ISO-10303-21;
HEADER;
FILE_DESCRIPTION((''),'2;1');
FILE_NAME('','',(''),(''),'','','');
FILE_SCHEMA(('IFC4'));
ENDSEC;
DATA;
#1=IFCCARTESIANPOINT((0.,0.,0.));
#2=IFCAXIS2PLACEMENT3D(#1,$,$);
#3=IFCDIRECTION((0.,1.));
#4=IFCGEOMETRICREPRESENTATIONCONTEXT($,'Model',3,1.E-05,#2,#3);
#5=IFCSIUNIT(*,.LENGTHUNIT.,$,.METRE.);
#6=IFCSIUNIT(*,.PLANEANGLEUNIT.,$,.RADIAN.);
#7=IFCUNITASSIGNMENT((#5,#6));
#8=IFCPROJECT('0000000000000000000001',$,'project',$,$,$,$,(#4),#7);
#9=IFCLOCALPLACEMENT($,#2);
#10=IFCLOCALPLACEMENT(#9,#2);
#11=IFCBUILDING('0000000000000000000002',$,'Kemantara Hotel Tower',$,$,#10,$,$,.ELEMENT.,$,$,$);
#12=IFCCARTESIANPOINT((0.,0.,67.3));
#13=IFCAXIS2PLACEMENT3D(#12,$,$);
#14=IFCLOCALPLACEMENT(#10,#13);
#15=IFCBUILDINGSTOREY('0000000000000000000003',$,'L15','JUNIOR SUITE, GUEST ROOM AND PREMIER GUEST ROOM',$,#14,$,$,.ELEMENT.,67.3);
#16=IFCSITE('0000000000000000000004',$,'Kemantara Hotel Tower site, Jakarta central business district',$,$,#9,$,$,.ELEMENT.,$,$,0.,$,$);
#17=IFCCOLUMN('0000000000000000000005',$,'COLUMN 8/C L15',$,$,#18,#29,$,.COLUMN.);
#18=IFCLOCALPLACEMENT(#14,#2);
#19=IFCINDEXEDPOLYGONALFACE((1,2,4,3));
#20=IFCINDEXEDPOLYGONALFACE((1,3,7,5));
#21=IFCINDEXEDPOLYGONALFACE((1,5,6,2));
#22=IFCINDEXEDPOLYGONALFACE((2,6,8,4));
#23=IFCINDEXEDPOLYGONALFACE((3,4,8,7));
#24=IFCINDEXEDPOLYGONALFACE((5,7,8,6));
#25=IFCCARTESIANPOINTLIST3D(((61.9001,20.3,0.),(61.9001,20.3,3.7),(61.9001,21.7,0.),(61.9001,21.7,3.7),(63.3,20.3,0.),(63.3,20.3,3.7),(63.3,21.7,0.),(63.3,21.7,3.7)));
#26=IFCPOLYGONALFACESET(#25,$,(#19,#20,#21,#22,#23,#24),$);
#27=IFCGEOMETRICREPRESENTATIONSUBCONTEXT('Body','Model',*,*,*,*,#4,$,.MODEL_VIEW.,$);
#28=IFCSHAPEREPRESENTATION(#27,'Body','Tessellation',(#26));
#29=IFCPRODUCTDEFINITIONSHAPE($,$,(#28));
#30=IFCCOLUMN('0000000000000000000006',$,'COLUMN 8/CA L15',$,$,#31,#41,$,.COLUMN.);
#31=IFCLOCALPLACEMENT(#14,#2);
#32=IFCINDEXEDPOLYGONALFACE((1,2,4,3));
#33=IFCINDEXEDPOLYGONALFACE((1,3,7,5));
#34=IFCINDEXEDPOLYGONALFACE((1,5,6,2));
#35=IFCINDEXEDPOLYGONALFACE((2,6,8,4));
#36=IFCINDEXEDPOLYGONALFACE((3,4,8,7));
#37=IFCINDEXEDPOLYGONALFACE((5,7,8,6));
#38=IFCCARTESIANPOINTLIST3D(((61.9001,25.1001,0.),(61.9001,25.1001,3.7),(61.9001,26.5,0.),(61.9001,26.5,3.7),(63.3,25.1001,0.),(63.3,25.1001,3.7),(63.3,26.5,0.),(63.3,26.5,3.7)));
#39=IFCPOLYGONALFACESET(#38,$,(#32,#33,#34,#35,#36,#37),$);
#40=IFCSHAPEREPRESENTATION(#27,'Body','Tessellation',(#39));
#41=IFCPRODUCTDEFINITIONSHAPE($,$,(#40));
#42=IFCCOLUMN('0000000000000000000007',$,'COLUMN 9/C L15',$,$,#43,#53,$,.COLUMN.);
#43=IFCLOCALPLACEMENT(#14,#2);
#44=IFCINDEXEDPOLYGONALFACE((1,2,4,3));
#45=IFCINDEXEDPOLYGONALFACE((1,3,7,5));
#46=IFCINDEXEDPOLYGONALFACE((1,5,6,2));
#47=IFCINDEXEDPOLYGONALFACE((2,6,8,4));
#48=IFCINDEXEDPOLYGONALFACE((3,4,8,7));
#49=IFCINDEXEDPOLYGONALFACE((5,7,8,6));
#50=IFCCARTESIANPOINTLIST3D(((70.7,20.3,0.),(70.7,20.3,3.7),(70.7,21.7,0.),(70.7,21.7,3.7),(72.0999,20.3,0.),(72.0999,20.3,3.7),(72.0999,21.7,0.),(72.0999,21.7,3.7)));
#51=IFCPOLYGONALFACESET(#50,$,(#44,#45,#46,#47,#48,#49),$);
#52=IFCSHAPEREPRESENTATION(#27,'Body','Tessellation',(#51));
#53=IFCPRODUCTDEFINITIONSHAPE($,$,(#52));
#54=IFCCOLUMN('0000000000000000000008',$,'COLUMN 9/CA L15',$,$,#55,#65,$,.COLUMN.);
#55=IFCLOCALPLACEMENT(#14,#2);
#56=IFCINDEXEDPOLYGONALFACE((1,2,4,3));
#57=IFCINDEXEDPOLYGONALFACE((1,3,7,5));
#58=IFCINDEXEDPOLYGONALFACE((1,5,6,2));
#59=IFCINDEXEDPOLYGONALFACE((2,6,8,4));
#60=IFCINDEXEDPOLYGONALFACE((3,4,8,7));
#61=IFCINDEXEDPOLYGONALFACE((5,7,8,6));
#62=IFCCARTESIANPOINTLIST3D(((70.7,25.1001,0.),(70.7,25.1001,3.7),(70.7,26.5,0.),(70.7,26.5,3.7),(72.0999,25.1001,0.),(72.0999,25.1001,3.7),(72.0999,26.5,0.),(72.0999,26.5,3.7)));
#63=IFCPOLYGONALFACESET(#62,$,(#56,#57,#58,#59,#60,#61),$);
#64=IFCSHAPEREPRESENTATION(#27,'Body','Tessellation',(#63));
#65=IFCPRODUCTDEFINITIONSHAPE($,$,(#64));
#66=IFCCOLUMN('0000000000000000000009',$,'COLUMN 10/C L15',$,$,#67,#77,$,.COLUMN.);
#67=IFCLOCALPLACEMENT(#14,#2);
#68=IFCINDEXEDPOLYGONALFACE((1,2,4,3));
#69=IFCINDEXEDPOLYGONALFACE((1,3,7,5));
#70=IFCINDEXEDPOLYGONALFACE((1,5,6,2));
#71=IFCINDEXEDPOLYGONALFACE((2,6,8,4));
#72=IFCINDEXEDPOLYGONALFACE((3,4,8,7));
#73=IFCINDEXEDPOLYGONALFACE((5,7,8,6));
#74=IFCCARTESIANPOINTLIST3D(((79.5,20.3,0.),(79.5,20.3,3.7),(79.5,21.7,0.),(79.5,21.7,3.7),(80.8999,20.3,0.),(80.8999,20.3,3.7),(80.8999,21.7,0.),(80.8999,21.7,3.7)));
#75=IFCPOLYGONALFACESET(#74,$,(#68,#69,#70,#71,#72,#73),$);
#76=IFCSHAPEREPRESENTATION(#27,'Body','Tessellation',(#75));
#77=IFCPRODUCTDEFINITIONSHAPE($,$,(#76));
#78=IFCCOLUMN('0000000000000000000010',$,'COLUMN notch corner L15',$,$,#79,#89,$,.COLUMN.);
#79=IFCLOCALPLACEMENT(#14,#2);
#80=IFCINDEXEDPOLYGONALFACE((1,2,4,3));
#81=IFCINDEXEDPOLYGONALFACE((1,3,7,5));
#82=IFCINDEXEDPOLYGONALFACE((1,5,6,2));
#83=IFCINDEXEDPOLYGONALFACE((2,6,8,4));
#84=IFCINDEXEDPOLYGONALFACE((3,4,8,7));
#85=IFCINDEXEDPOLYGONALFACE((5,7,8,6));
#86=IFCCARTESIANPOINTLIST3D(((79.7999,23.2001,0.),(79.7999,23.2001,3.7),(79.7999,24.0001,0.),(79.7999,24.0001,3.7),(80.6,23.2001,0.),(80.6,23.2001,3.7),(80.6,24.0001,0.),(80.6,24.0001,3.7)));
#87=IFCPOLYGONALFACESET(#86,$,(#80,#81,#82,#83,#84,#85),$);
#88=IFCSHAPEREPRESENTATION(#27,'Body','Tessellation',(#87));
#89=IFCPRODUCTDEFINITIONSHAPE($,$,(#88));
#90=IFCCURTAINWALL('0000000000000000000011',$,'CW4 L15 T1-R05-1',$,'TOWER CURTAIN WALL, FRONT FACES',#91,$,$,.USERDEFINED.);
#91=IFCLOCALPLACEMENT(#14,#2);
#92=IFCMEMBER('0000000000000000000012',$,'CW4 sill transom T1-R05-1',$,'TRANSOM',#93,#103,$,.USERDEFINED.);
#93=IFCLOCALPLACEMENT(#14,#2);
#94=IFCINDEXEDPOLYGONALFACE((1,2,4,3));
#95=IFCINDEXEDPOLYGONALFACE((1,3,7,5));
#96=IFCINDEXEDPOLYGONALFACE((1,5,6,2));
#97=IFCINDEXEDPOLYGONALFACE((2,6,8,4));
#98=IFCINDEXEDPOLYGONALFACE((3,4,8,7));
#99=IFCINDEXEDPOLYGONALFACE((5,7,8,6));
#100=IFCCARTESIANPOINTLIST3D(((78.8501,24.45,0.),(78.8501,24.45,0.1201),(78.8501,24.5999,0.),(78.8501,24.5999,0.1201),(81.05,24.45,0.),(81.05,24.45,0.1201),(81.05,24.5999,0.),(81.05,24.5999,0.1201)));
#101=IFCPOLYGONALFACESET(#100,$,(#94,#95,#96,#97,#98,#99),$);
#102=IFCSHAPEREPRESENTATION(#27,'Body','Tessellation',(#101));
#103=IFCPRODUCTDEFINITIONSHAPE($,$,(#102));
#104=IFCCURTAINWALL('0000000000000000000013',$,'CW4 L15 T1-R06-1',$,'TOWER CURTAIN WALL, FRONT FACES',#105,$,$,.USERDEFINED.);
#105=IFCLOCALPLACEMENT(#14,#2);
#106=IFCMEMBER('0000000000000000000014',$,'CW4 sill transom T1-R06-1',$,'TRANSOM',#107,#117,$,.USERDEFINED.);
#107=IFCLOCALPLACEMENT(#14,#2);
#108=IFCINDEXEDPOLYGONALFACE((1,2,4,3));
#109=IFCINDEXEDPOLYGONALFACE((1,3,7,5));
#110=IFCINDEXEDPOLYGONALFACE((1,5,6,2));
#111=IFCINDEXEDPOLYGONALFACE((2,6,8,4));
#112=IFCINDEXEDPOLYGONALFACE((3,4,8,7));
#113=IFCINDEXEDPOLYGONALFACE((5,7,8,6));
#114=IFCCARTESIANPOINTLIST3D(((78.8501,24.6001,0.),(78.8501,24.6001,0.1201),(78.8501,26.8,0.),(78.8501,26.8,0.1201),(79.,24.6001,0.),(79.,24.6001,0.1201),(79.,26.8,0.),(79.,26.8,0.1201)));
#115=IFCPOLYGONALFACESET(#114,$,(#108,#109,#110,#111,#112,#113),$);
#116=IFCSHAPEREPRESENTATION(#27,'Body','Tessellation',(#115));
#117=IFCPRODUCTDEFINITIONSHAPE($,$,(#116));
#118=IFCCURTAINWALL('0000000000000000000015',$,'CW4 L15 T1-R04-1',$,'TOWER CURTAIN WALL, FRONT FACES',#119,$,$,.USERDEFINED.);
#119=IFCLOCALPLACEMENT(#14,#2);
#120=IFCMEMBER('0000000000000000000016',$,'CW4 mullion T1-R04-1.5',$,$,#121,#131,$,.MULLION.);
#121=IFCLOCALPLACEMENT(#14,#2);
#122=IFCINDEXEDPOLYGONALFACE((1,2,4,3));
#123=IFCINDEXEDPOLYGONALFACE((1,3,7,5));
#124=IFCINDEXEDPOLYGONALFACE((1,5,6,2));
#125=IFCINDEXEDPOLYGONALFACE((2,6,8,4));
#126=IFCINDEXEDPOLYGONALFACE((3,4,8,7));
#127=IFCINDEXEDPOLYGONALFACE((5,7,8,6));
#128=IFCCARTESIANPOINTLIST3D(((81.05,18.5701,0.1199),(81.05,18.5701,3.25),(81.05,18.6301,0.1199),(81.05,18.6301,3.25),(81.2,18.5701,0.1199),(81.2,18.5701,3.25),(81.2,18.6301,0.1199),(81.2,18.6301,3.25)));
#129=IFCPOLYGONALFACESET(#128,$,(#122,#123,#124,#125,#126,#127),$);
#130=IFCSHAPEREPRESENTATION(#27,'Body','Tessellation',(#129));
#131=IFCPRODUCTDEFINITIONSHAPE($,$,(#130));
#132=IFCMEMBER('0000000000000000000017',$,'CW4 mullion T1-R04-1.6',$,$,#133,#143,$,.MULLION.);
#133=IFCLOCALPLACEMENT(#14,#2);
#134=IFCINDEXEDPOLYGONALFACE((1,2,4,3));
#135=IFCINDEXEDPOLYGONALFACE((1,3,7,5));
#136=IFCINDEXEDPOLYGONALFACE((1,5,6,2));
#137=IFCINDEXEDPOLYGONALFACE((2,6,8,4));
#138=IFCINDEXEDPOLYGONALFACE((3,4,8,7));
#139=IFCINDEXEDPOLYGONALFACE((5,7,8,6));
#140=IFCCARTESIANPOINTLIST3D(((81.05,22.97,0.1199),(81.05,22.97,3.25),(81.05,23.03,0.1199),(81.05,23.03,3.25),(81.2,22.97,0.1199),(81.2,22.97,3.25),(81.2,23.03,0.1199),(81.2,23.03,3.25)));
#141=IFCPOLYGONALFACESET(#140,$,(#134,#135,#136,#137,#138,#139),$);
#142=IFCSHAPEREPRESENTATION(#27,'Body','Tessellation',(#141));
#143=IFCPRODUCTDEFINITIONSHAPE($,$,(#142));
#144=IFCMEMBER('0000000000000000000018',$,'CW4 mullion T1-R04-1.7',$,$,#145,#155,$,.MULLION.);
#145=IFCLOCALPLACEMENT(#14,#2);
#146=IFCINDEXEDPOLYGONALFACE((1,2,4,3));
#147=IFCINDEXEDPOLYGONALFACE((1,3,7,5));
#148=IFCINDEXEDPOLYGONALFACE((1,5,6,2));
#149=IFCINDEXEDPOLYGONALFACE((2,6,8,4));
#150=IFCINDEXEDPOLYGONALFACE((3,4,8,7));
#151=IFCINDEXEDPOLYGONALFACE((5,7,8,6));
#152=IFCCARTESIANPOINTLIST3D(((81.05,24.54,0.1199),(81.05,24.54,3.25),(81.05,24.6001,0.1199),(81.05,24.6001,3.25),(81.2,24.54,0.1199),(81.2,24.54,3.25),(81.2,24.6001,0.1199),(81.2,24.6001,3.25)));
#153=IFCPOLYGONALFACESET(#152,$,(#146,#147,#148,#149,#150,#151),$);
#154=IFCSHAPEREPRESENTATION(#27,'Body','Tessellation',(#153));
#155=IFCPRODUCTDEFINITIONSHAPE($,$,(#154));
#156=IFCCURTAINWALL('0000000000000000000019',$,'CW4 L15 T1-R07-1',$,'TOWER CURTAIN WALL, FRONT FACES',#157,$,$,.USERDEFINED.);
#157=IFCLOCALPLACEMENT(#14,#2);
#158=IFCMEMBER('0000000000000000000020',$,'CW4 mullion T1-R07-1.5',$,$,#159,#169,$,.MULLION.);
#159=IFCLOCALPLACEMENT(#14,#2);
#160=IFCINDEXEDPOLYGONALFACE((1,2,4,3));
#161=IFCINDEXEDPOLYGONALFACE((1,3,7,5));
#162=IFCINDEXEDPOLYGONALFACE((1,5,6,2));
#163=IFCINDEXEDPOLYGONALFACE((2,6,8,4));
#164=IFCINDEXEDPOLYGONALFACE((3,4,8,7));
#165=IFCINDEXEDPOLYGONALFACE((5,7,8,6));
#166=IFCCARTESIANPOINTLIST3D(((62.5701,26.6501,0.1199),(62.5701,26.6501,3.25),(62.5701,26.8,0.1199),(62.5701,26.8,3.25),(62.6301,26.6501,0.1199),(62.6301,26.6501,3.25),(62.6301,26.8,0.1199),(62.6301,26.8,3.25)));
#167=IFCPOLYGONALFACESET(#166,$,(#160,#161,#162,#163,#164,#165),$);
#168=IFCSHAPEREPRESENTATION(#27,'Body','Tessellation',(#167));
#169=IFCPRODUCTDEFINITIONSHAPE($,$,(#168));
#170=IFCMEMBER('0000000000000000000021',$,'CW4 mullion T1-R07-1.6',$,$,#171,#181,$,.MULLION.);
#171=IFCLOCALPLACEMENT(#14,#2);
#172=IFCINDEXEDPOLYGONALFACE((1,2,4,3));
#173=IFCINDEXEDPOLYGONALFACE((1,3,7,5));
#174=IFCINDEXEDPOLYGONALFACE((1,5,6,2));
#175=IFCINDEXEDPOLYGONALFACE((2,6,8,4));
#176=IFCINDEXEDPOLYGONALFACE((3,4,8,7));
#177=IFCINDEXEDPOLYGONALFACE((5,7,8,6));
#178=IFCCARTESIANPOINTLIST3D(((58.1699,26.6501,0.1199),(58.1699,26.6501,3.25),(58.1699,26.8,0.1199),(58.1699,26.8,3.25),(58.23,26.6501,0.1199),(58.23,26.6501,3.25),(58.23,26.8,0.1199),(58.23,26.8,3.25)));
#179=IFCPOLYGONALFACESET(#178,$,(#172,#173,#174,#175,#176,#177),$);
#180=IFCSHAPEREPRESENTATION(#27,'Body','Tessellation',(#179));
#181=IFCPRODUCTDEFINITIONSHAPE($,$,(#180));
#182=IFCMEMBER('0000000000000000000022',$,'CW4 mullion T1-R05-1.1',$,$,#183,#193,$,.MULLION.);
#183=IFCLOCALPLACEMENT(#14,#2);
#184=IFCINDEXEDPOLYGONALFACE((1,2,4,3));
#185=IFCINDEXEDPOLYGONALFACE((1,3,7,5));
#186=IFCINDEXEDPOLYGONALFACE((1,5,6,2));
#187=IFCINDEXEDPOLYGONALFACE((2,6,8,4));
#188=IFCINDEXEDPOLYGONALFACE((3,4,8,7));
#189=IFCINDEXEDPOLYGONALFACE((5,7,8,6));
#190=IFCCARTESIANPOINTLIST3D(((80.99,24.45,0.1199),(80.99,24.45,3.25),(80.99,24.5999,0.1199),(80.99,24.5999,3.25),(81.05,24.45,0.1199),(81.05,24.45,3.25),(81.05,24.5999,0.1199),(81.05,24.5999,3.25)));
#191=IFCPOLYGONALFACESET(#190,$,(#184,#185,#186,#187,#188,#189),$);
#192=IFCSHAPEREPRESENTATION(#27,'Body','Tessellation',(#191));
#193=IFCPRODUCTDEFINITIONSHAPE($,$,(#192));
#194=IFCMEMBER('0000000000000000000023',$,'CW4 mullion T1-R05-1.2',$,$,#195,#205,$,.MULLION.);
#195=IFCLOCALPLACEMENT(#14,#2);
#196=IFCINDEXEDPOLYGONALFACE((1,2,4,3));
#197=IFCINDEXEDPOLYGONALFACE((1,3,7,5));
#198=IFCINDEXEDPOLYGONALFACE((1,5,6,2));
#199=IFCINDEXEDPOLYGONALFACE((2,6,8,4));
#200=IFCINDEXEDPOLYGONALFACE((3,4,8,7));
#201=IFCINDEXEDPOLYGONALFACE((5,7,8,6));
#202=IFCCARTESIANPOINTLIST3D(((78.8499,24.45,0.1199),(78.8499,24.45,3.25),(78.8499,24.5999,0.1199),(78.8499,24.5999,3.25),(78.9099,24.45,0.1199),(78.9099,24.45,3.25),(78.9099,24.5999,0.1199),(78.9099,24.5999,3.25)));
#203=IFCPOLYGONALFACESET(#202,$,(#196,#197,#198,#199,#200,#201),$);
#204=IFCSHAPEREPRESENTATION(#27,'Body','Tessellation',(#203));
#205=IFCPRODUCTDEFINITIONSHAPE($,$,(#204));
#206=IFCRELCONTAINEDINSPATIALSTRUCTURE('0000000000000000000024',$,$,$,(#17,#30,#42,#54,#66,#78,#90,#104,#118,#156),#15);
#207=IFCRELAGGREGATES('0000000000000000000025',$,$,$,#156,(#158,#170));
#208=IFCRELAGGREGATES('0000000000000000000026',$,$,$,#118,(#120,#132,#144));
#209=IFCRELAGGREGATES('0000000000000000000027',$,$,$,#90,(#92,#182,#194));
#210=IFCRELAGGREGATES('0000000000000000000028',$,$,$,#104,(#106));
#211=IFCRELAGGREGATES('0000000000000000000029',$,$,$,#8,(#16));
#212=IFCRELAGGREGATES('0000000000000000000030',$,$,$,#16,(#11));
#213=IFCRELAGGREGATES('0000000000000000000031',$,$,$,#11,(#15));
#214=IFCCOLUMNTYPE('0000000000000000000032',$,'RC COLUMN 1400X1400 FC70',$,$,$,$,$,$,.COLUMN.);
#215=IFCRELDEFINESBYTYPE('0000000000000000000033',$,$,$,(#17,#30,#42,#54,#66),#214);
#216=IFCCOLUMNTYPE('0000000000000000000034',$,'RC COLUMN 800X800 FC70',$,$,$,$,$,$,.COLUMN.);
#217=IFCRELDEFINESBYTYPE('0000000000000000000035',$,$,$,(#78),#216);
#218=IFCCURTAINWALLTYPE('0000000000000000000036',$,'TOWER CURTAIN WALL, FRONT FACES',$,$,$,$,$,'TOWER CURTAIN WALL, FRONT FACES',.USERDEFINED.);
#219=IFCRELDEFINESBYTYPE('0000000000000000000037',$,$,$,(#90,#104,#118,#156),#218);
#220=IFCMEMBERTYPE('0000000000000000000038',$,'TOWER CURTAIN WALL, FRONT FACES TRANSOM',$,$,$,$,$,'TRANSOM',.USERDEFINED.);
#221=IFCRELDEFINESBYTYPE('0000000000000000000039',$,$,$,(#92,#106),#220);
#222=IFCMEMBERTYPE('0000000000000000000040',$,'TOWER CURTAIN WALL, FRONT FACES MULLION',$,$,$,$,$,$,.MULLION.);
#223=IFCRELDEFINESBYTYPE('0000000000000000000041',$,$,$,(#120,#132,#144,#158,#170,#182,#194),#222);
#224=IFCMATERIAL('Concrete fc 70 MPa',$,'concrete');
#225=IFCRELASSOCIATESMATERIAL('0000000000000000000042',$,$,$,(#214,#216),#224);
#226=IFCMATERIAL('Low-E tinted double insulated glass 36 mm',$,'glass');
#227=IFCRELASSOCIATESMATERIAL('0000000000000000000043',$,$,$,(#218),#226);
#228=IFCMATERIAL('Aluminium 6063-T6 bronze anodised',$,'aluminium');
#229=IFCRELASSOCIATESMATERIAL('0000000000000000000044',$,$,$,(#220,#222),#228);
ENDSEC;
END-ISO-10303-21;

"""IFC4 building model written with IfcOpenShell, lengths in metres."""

from ifc_helpers import new_model, si_unit, direction, frame, origin, origin_2d, place, context, subcontext, project, spatial, rectangle, extrude, source, transform, mapped, material, material_profile, profile_set, type_object, element, aggregate, save


model = new_model("IFC4")

# Units and contexts
model_context = context("Model", 3, precision=1e-05, world=origin(), true_north=direction((0.0, 1.0)))
body_context = subcontext(model_context, "Body", "Model", "MODEL_VIEW")
ifc_project = project(units=[si_unit("LENGTHUNIT", "METRE"), si_unit("PLANEANGLEUNIT", "RADIAN")], contexts=[model_context])

# Site, building, storey
site_placement = place(None, origin())
site = spatial("IfcSite", under=ifc_project, at=site_placement, Name="Kemantara Hotel Tower site, Jakarta central business district", CompositionType="ELEMENT", RefElevation=0.0)
building_placement = place(site_placement, origin())
building = spatial("IfcBuilding", under=site, at=building_placement, Name="Kemantara Hotel Tower", CompositionType="ELEMENT")
storey_placement = place(building_placement, frame((0.0, 0.0, 67.3)))
storey = spatial("IfcBuildingStorey", under=building, at=storey_placement, Name="L15", Description="JUNIOR SUITE, GUEST ROOM AND PREMIER GUEST ROOM", CompositionType="ELEMENT", Elevation=67.3)

# Columns
ifc_material_1 = material(Name="Concrete fc 70 MPa", Category="concrete")
ifc_material_profile_1 = material_profile(ifc_material_1, rectangle(XDim=1.3999, YDim=1.3999, at=origin_2d()), Name="RC 1400X1400")
ifc_profile_set_1 = profile_set([ifc_material_profile_1], Name="Concrete fc 70 MPa")
column_type_1 = type_object("IfcColumnType", Name="RC COLUMN 1400X1400 FC70", PredefinedType="COLUMN", material=ifc_profile_set_1)
for number, where, z_axis, x_axis, name in (
    (1, (62.6001, 21.0, 0.0), (0.0, 0.0, 1.0), (1.0, 0.0, 0.0), "COLUMN 8/C L15"),
    (2, (62.6001, 25.8, 0.0), (0.0, 0.0, 1.0), (1.0, 0.0, 0.0), "COLUMN 8/CA L15"),
    (3, (71.3999, 21.0, 0.0), (0.0, 0.0, 1.0), (1.0, 0.0, 0.0), "COLUMN 9/C L15"),
    (4, (71.3999, 25.8, 0.0), (0.0, 0.0, 1.0), (1.0, 0.0, 0.0), "COLUMN 9/CA L15"),
    (5, (80.2, 21.0, 0.0), (0.0, 0.0, 1.0), (1.0, 0.0, 0.0), "COLUMN 10/C L15"),
):
    element("IfcColumn", number, at=place(storey_placement, frame(where, z_axis=z_axis, x_axis=x_axis)), inside=storey, type_object=column_type_1, Name=name, PredefinedType="COLUMN", context=body_context, shape_type="SweptSolid", body=[
        extrude(rectangle(XDim=1.3999, YDim=1.3999, at=origin_2d()), origin(), (0.0, 0.0, 1.0), 3.7),
    ])
ifc_material_profile_2 = material_profile(ifc_material_1, rectangle(XDim=0.8, YDim=0.8, at=origin_2d()), Name="RC 800X800")
ifc_profile_set_2 = profile_set([ifc_material_profile_2], Name="Concrete fc 70 MPa")
column_type_2 = type_object("IfcColumnType", Name="RC COLUMN 800X800 FC70", PredefinedType="COLUMN", material=ifc_profile_set_2)
column_placement = place(storey_placement, frame((80.2, 23.6001, 0.0), z_axis=(0.0, 0.0, 1.0), x_axis=(1.0, 0.0, 0.0)))
element("IfcColumn", 6, at=column_placement, inside=storey, type_object=column_type_2, Name="COLUMN notch corner L15", PredefinedType="COLUMN", context=body_context, shape_type="SweptSolid", body=[
    extrude(rectangle(XDim=0.8, YDim=0.8, at=origin_2d()), origin(), (0.0, 0.0, 1.0), 3.7),
])

# Curtain walls, members
ifc_material_2 = material(Name="Low-E tinted double insulated glass 36 mm", Category="glass")
curtain_wall_type = type_object("IfcCurtainWallType", Name="TOWER CURTAIN WALL, FRONT FACES", ElementType="TOWER CURTAIN WALL, FRONT FACES", PredefinedType="USERDEFINED", material=ifc_material_2)
curtain_wall_1_placement = place(storey_placement, origin())
curtain_wall_1 = element("IfcCurtainWall", 7, at=curtain_wall_1_placement, inside=storey, type_object=curtain_wall_type, Name="CW4 L15 T1-R05-1", ObjectType="TOWER CURTAIN WALL, FRONT FACES", PredefinedType="USERDEFINED")
ifc_material_3 = material(Name="Aluminium 6063-T6 bronze anodised", Category="aluminium")
ifc_material_profile_3 = material_profile(ifc_material_3, rectangle(XDim=0.1499, YDim=0.1201, at=origin_2d()), Name="TOWER CURTAIN WALL, FRONT FACES TRANSOM")
ifc_profile_set_3 = profile_set([ifc_material_profile_3], Name="Aluminium 6063-T6 bronze anodised")
member_type_1 = type_object("IfcMemberType", Name="TOWER CURTAIN WALL, FRONT FACES TRANSOM", ElementType="TRANSOM", PredefinedType="USERDEFINED", material=ifc_profile_set_3)
member_1_placement = place(storey_placement, frame((81.05, 24.5249, 0.0601), z_axis=(-1.0, 0.0, 0.0), x_axis=(0.0, -1.0, 0.0)))
member_1 = element("IfcMember", 8, at=member_1_placement, type_object=member_type_1, Name="CW4 sill transom T1-R05-1", ObjectType="TRANSOM", PredefinedType="USERDEFINED", context=body_context, shape_type="SweptSolid", body=[
    extrude(rectangle(XDim=0.1499, YDim=0.1201, at=origin_2d()), origin(), (0.0, 0.0, 1.0), 2.2),
])
curtain_wall_2_placement = place(storey_placement, origin())
curtain_wall_2 = element("IfcCurtainWall", 9, at=curtain_wall_2_placement, inside=storey, type_object=curtain_wall_type, Name="CW4 L15 T1-R06-1", ObjectType="TOWER CURTAIN WALL, FRONT FACES", PredefinedType="USERDEFINED")
member_2_placement = place(storey_placement, frame((78.925, 24.6001, 0.0601), z_axis=(0.0, 1.0, 0.0), x_axis=(-1.0, 0.0, 0.0)))
member_2 = element("IfcMember", 10, at=member_2_placement, type_object=member_type_1, Name="CW4 sill transom T1-R06-1", ObjectType="TRANSOM", PredefinedType="USERDEFINED", context=body_context, shape_type="SweptSolid", body=[
    extrude(rectangle(XDim=0.1499, YDim=0.1201, at=origin_2d()), origin(), (0.0, 0.0, 1.0), 2.2),
])

# Curtain walls, members
curtain_wall_3_placement = place(storey_placement, origin())
curtain_wall_3 = element("IfcCurtainWall", 11, at=curtain_wall_3_placement, inside=storey, type_object=curtain_wall_type, Name="CW4 L15 T1-R04-1", ObjectType="TOWER CURTAIN WALL, FRONT FACES", PredefinedType="USERDEFINED")
ifc_material_profile_4 = material_profile(ifc_material_3, rectangle(XDim=0.1499, YDim=0.0601, at=origin_2d()), Name="TOWER CURTAIN WALL, FRONT FACES MULLION")
ifc_profile_set_4 = profile_set([ifc_material_profile_4], Name="Aluminium 6063-T6 bronze anodised")
member_type_2 = type_object("IfcMemberType", Name="TOWER CURTAIN WALL, FRONT FACES MULLION", PredefinedType="MULLION", material=ifc_profile_set_4)
shared_shape_1 = source(origin(), body_context, "Body", "SweptSolid", [
    extrude(rectangle(XDim=0.1499, YDim=0.0601, at=origin_2d()), origin(), (0.0, 0.0, 1.0), 3.1301),
])
member_3_placement = place(storey_placement, frame((81.125, 18.6001, 0.1199), z_axis=(0.0, 0.0, 1.0), x_axis=(-1.0, 0.0, 0.0)))
member_3 = element("IfcMember", 12, at=member_3_placement, type_object=member_type_2, Name="CW4 mullion T1-R04-1.5", PredefinedType="MULLION", context=body_context, shape_type="MappedRepresentation", body=[
    mapped(shared_shape_1, transform((0.0, 0.0, 0.0))),
])
member_4_placement = place(storey_placement, frame((81.125, 23.0, 0.1199), z_axis=(0.0, 0.0, 1.0), x_axis=(-1.0, 0.0, 0.0)))
member_4 = element("IfcMember", 13, at=member_4_placement, type_object=member_type_2, Name="CW4 mullion T1-R04-1.6", PredefinedType="MULLION", context=body_context, shape_type="MappedRepresentation", body=[
    mapped(shared_shape_1, transform((0.0, 0.0, 0.0))),
])
member_5_placement = place(storey_placement, frame((81.125, 24.5701, 0.1199), z_axis=(0.0, 0.0, 1.0), x_axis=(-1.0, 0.0, 0.0)))
member_5 = element("IfcMember", 14, at=member_5_placement, type_object=member_type_2, Name="CW4 mullion T1-R04-1.7", PredefinedType="MULLION", context=body_context, shape_type="MappedRepresentation", body=[
    mapped(shared_shape_1, transform((0.0, 0.0, 0.0))),
])
curtain_wall_4_placement = place(storey_placement, origin())
curtain_wall_4 = element("IfcCurtainWall", 15, at=curtain_wall_4_placement, inside=storey, type_object=curtain_wall_type, Name="CW4 L15 T1-R07-1", ObjectType="TOWER CURTAIN WALL, FRONT FACES", PredefinedType="USERDEFINED")
member_6_placement = place(storey_placement, frame((62.6001, 26.7251, 0.1199), z_axis=(0.0, 0.0, 1.0), x_axis=(0.0, -1.0, 0.0)))
member_6 = element("IfcMember", 16, at=member_6_placement, type_object=member_type_2, Name="CW4 mullion T1-R07-1.5", PredefinedType="MULLION", context=body_context, shape_type="MappedRepresentation", body=[
    mapped(shared_shape_1, transform((0.0, 0.0, 0.0))),
])
member_7_placement = place(storey_placement, frame((58.2, 26.7251, 0.1199), z_axis=(0.0, 0.0, 1.0), x_axis=(0.0, -1.0, 0.0)))
member_7 = element("IfcMember", 17, at=member_7_placement, type_object=member_type_2, Name="CW4 mullion T1-R07-1.6", PredefinedType="MULLION", context=body_context, shape_type="MappedRepresentation", body=[
    mapped(shared_shape_1, transform((0.0, 0.0, 0.0))),
])

# Members
member_8_placement = place(storey_placement, frame((81.02, 24.5249, 0.1199), z_axis=(0.0, 0.0, 1.0), x_axis=(0.0, -1.0, 0.0)))
member_8 = element("IfcMember", 18, at=member_8_placement, type_object=member_type_2, Name="CW4 mullion T1-R05-1.1", PredefinedType="MULLION", context=body_context, shape_type="MappedRepresentation", body=[
    mapped(shared_shape_1, transform((0.0, 0.0, 0.0))),
])
member_9_placement = place(storey_placement, frame((78.8799, 24.5249, 0.1199), z_axis=(0.0, 0.0, 1.0), x_axis=(0.0, -1.0, 0.0)))
member_9 = element("IfcMember", 19, at=member_9_placement, type_object=member_type_2, Name="CW4 mullion T1-R05-1.2", PredefinedType="MULLION", context=body_context, shape_type="MappedRepresentation", body=[
    mapped(shared_shape_1, transform((0.0, 0.0, 0.0))),
])

aggregate(curtain_wall_4, [member_6, member_7])
aggregate(curtain_wall_3, [member_3, member_4, member_5])
aggregate(curtain_wall_1, [member_1, member_8, member_9])
aggregate(curtain_wall_2, [member_2])

save(model, "model.ifc")
